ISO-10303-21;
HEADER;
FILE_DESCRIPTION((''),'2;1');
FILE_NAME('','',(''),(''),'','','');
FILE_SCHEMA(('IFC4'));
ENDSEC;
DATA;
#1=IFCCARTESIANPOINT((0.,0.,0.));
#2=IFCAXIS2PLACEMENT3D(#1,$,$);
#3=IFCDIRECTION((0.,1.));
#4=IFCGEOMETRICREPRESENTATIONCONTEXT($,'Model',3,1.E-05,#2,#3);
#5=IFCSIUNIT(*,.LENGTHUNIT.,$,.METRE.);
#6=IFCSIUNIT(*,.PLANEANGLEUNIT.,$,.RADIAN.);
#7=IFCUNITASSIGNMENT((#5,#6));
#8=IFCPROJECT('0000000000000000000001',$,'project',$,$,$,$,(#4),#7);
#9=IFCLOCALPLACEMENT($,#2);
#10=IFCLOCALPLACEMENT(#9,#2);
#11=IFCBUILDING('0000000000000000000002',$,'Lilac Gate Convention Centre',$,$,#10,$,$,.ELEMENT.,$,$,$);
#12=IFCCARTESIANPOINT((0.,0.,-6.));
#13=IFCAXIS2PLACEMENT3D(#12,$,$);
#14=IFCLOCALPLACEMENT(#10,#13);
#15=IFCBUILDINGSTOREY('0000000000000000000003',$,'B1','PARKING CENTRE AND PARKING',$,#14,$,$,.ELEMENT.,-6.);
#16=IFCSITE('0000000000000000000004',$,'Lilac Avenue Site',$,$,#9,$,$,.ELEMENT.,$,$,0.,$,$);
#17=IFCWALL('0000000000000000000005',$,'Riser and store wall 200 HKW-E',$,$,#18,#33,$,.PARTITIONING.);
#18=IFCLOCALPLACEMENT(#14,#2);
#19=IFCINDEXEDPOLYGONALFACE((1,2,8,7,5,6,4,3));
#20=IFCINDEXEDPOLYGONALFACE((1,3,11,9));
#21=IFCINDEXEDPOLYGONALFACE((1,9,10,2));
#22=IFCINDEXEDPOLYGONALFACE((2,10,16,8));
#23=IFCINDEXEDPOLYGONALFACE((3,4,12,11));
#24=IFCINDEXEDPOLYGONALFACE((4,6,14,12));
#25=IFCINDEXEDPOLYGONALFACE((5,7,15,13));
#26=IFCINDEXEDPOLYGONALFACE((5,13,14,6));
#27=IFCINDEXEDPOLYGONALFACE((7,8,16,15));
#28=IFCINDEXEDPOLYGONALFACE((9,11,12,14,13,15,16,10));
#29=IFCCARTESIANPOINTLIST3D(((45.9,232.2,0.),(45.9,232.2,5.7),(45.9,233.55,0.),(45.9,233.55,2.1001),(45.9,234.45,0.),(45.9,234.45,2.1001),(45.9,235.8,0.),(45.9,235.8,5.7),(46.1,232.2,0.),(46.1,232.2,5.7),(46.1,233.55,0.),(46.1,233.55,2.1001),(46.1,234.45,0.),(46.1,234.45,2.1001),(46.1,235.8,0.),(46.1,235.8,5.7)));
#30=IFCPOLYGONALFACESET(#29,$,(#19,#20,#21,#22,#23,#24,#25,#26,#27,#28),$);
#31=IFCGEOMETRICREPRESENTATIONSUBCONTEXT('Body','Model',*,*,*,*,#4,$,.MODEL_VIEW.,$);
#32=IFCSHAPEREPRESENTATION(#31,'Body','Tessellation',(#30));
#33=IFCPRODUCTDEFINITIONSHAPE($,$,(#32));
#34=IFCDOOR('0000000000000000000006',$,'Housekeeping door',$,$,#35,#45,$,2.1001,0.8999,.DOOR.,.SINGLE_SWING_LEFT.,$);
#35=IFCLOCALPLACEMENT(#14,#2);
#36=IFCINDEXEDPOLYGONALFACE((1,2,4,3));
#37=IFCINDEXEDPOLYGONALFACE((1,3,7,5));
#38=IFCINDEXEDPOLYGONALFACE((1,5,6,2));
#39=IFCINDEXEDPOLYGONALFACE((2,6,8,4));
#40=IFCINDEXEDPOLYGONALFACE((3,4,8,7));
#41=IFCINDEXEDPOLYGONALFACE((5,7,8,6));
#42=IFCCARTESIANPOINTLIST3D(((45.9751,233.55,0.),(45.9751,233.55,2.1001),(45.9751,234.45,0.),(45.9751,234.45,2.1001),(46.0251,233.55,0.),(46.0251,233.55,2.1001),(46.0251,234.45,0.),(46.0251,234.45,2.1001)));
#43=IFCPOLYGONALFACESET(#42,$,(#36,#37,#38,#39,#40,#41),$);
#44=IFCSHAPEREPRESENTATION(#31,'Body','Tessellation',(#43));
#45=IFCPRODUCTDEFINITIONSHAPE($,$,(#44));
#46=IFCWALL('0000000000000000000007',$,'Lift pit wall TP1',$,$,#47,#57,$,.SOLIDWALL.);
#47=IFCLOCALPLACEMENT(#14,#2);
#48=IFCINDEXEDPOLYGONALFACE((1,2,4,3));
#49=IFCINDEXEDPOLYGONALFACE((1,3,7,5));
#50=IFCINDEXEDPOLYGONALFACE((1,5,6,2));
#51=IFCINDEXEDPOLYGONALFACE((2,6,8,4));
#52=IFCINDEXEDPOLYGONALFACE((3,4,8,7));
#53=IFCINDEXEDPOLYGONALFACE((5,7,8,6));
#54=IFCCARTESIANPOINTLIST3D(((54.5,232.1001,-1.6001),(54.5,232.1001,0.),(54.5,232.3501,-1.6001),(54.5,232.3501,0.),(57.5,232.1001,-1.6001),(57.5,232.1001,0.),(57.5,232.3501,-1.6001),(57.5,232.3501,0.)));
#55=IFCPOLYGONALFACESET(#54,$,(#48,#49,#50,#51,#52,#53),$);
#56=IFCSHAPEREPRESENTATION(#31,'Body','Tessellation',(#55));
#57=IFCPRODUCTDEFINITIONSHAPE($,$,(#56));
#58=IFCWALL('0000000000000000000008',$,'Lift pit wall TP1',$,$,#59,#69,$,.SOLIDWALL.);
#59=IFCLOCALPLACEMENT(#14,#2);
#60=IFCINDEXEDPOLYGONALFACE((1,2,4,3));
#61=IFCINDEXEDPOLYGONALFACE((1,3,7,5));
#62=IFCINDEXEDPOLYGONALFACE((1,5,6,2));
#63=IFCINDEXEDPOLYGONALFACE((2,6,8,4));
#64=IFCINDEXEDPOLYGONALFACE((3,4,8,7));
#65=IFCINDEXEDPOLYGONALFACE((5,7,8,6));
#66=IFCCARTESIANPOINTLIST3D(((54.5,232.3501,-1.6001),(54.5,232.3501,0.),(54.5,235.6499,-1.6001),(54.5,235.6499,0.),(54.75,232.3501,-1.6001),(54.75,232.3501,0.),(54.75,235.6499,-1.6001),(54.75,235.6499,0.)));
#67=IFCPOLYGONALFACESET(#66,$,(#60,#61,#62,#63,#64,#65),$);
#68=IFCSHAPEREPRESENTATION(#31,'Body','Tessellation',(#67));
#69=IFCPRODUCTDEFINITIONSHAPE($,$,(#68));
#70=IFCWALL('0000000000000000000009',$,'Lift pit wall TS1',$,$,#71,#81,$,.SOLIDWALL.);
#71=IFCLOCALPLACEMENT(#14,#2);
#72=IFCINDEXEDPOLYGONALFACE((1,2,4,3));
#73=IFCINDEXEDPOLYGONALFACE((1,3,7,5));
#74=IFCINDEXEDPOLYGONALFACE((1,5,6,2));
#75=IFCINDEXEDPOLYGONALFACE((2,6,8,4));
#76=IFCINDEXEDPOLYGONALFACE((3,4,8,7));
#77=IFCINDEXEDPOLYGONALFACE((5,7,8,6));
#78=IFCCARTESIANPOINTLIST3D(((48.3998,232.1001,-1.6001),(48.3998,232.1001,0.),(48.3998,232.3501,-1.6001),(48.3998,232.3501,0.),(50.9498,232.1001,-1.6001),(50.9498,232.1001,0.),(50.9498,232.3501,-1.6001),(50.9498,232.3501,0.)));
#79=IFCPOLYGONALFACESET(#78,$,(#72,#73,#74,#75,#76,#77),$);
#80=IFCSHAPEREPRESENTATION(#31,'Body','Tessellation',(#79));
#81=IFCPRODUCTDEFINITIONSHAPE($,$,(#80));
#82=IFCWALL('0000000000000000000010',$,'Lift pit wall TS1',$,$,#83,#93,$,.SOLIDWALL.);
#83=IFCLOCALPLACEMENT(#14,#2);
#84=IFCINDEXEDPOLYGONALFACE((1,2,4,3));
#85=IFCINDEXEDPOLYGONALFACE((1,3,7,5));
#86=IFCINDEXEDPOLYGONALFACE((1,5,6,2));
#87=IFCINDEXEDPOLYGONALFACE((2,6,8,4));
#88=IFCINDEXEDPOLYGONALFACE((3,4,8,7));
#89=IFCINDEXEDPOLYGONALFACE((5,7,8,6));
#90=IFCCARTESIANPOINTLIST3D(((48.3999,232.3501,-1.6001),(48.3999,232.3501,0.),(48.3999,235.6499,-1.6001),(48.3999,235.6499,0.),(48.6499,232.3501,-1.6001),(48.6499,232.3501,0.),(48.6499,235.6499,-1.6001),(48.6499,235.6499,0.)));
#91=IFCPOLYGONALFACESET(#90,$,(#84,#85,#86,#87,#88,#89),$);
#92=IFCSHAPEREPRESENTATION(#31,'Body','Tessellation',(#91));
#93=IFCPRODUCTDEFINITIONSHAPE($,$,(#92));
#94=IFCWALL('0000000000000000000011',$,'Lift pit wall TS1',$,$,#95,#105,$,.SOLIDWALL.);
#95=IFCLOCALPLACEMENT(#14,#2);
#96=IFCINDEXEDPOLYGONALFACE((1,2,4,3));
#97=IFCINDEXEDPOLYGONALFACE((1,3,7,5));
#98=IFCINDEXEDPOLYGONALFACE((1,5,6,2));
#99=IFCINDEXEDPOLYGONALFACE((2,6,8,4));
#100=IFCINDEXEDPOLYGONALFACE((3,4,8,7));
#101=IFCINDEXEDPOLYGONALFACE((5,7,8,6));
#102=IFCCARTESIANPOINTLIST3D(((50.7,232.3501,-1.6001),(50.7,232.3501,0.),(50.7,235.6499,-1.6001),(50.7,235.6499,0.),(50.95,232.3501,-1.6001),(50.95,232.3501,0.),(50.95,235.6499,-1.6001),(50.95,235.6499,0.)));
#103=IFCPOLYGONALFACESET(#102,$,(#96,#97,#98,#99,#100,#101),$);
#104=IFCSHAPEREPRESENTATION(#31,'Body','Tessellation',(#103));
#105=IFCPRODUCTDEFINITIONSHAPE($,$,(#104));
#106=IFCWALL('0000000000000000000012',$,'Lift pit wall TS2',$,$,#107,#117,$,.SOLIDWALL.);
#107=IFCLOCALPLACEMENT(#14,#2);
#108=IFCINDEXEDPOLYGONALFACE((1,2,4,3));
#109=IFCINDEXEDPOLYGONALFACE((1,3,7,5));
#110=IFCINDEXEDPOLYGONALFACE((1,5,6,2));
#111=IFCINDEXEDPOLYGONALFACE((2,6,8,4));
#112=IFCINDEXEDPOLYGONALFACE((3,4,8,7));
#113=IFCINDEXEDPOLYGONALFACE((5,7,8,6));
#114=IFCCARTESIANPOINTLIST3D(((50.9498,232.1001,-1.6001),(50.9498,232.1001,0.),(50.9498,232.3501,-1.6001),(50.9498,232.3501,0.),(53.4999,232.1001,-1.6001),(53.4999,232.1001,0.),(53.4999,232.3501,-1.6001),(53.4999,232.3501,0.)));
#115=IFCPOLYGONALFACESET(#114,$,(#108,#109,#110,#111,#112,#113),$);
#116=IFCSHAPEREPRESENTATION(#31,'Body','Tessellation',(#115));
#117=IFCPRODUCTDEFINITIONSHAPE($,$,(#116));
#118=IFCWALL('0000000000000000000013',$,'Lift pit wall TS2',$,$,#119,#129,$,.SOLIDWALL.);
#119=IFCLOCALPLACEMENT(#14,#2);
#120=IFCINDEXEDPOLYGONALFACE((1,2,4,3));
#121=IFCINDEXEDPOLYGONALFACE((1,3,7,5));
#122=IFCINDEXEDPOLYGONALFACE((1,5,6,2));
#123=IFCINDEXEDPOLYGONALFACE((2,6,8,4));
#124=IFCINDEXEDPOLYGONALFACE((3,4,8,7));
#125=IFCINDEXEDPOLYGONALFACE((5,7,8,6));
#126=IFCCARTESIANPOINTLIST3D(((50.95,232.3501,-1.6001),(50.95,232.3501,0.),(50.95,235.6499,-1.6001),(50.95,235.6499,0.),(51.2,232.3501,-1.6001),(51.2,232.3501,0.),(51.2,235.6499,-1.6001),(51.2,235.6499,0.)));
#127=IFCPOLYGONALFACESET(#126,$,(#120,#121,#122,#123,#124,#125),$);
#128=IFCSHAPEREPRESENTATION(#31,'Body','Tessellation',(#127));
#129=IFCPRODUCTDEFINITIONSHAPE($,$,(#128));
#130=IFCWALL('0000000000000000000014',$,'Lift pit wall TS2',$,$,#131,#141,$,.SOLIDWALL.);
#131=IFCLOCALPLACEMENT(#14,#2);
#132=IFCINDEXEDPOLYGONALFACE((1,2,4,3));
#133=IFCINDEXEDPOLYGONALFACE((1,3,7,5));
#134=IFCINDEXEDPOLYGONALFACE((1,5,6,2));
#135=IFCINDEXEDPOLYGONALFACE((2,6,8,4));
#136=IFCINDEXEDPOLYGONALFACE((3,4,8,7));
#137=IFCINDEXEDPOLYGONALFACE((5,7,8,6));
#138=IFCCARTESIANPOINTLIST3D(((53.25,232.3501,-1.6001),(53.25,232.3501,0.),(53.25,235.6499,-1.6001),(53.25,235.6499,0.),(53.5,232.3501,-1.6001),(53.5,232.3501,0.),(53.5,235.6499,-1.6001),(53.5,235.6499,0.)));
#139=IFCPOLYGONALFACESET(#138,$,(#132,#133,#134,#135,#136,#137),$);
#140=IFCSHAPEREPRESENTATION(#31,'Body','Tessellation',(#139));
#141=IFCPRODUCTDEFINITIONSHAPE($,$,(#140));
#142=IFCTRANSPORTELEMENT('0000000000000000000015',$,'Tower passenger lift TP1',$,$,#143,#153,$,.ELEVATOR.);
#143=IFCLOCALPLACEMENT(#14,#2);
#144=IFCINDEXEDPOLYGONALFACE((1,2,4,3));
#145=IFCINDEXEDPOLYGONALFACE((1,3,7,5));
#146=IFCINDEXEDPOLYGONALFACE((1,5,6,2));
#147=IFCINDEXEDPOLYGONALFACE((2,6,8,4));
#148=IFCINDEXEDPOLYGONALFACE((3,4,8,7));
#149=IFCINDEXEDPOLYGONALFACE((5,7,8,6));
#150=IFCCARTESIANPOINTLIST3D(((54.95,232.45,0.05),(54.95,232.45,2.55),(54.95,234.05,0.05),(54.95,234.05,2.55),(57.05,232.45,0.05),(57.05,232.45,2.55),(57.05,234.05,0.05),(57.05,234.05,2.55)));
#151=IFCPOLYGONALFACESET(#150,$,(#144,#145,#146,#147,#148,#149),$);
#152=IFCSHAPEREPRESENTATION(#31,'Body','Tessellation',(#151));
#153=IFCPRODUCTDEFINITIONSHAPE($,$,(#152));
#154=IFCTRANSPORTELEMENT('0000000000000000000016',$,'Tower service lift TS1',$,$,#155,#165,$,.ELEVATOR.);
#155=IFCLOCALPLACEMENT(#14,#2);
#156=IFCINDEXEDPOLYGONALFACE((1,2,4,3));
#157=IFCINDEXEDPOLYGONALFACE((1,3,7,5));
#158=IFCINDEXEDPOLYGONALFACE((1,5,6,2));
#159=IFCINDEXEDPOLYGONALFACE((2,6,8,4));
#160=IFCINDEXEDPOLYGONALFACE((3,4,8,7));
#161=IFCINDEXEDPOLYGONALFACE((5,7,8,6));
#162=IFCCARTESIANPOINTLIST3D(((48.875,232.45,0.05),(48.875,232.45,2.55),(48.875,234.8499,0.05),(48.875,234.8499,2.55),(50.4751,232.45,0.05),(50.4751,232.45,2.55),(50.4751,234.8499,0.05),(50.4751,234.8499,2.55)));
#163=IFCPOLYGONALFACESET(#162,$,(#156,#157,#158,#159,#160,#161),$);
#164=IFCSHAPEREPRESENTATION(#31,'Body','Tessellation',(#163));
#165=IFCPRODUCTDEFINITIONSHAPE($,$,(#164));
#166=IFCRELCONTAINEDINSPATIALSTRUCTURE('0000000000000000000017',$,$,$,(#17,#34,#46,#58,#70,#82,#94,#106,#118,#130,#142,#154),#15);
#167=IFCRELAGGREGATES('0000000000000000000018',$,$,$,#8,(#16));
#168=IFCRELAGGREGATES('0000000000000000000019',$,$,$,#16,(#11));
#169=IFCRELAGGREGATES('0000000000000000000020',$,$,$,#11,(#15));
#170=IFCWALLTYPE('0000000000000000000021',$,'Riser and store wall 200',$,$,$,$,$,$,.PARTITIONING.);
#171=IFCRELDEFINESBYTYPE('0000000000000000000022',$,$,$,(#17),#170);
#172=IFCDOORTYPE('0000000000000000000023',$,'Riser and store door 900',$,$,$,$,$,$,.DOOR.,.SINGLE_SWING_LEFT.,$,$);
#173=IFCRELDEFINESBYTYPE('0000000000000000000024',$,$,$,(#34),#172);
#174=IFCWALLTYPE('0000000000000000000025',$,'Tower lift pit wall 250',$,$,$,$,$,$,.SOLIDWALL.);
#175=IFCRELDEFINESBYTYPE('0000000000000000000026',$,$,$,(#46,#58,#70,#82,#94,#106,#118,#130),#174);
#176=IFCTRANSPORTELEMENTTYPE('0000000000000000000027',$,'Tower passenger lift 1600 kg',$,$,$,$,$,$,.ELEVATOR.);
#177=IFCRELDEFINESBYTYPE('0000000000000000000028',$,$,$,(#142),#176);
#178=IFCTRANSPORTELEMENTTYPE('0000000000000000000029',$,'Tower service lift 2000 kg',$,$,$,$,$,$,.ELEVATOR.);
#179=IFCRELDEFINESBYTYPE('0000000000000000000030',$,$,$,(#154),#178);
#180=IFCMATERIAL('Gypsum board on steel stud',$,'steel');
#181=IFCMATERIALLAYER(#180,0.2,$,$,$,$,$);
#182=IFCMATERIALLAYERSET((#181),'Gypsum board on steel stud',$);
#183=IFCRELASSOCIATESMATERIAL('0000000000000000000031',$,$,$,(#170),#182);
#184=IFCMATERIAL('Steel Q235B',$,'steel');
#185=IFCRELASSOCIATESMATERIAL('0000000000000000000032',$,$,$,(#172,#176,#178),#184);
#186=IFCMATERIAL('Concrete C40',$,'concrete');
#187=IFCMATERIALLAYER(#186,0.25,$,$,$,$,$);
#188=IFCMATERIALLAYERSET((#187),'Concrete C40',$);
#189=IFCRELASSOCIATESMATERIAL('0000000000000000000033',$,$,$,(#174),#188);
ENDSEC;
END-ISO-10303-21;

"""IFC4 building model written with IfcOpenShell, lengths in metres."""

from ifc_helpers import new_model, si_unit, direction, frame, frame_2d, origin, origin_2d, place, context, subcontext, project, spatial, rectangle, extrude, material, layer, layer_set, type_object, element, fill, save


model = new_model("IFC4")

# Units and contexts
model_context = context("Model", 3, precision=1e-05, world=origin(), true_north=direction((0.0, 1.0)))
body_context = subcontext(model_context, "Body", "Model", "MODEL_VIEW")
ifc_project = project(units=[si_unit("LENGTHUNIT", "METRE"), si_unit("PLANEANGLEUNIT", "RADIAN")], contexts=[model_context])

# Site, building, storey
site_placement = place(None, origin())
site = spatial("IfcSite", under=ifc_project, at=site_placement, Name="Lilac Avenue Site", CompositionType="ELEMENT", RefElevation=0.0)
building_placement = place(site_placement, origin())
building = spatial("IfcBuilding", under=site, at=building_placement, Name="Lilac Gate Convention Centre", CompositionType="ELEMENT")
storey_placement = place(building_placement, frame((0.0, 0.0, -6.0)))
storey = spatial("IfcBuildingStorey", under=building, at=storey_placement, Name="B1", Description="PARKING CENTRE AND PARKING", CompositionType="ELEMENT", Elevation=-6.0)

# Shared definitions
ifc_material_1 = material(Name="Gypsum board on steel stud", Category="steel")
ifc_layer_1 = layer(ifc_material_1, 0.2)
ifc_layer_set_1 = layer_set([ifc_layer_1], Name="Gypsum board on steel stud")
wall_type_1 = type_object("IfcWallType", Name="Riser and store wall 200", PredefinedType="PARTITIONING", material=ifc_layer_set_1)

# Wall, opening, door
wall_1_placement = place(storey_placement, frame((46.0, 232.2, 0.0), z_axis=(0.0, 0.0, 1.0), x_axis=(0.0, 1.0, 0.0)))
wall_1 = element("IfcWall", 1, at=wall_1_placement, inside=storey, type_object=wall_type_1, Name="Riser and store wall 200 HKW-E", PredefinedType="PARTITIONING", context=body_context, shape_type="SweptSolid", body=[
    extrude(rectangle(XDim=3.6001, YDim=0.2, at=frame_2d((1.8, 0.0))), origin(), (0.0, 0.0, 1.0), 5.7),
])
opening_1_placement = place(wall_1_placement, frame((1.3501, 0.0, 0.0)))
opening_1 = element("IfcOpeningElement", 2, at=opening_1_placement, cuts=wall_1, PredefinedType="OPENING", context=body_context, shape_type="SweptSolid", body=[
    extrude(rectangle(XDim=0.8999, YDim=2.1001, at=frame_2d((0.45, 1.05))), frame((0.0, 0.1099, 0.0), z_axis=(0.0, -1.0, 0.0), x_axis=(1.0, 0.0, 0.0)), (0.0, 0.0, 1.0), 0.22),
])
ifc_material_2 = material(Name="Steel Q235B", Category="steel")
door_type_1 = type_object("IfcDoorType", Name="Riser and store door 900", OperationType="SINGLE_SWING_LEFT", PredefinedType="DOOR", material=ifc_material_2)
door_1_placement = place(opening_1_placement, origin())
door_1 = element("IfcDoor", 3, at=door_1_placement, inside=storey, type_object=door_type_1, Name="Housekeeping door", OperationType="SINGLE_SWING_LEFT", OverallHeight=2.1001, OverallWidth=0.8999, PredefinedType="DOOR", context=body_context, shape_type="SweptSolid", body=[
    extrude(rectangle(XDim=0.8999, YDim=2.1001, at=frame_2d((0.45, 1.05))), frame((0.0, 0.0249, 0.0), z_axis=(0.0, -1.0, 0.0), x_axis=(1.0, 0.0, 0.0)), (0.0, 0.0, 1.0), 0.05),
])
fill(opening_1, door_1)

# Walls
ifc_material_3 = material(Name="Concrete C40", Category="concrete")
ifc_layer_2 = layer(ifc_material_3, 0.25)
ifc_layer_set_2 = layer_set([ifc_layer_2], Name="Concrete C40")
wall_type_2 = type_object("IfcWallType", Name="Tower lift pit wall 250", PredefinedType="SOLIDWALL", material=ifc_layer_set_2)
wall_2_placement = place(storey_placement, frame((54.5, 232.2251, -1.6001), z_axis=(0.0, 0.0, 1.0), x_axis=(1.0, 0.0, 0.0)))
element("IfcWall", 4, at=wall_2_placement, inside=storey, type_object=wall_type_2, Name="Lift pit wall TP1", PredefinedType="SOLIDWALL", context=body_context, shape_type="SweptSolid", body=[
    extrude(rectangle(XDim=3.0, YDim=0.25, at=frame_2d((1.5, 0.0))), origin(), (0.0, 0.0, 1.0), 1.6001),
])
wall_3_placement = place(storey_placement, frame((54.625, 232.3501, -1.6001), z_axis=(0.0, 0.0, 1.0), x_axis=(0.0, 1.0, 0.0)))
element("IfcWall", 5, at=wall_3_placement, inside=storey, type_object=wall_type_2, Name="Lift pit wall TP1", PredefinedType="SOLIDWALL", context=body_context, shape_type="SweptSolid", body=[
    extrude(rectangle(XDim=3.2998, YDim=0.25, at=frame_2d((1.6499, 0.0))), origin(), (0.0, 0.0, 1.0), 1.6001),
])
wall_4_placement = place(storey_placement, frame((48.3999, 232.2251, -1.6001), z_axis=(0.0, 0.0, 1.0), x_axis=(1.0, 0.0, 0.0)))
element("IfcWall", 6, at=wall_4_placement, inside=storey, type_object=wall_type_2, Name="Lift pit wall TS1", PredefinedType="SOLIDWALL", context=body_context, shape_type="SweptSolid", body=[
    extrude(rectangle(XDim=2.55, YDim=0.25, at=frame_2d((1.2749, 0.0))), origin(), (0.0, 0.0, 1.0), 1.6001),
])
for number, where, z_axis, x_axis, name in (
    (7, (48.5249, 232.3501, -1.6001), (0.0, 0.0, 1.0), (0.0, 1.0, 0.0), "Lift pit wall TS1"),
    (8, (50.825, 232.3501, -1.6001), (0.0, 0.0, 1.0), (0.0, 1.0, 0.0), "Lift pit wall TS1"),
):
    element("IfcWall", number, at=place(storey_placement, frame(where, z_axis=z_axis, x_axis=x_axis)), inside=storey, type_object=wall_type_2, Name=name, PredefinedType="SOLIDWALL", context=body_context, shape_type="SweptSolid", body=[
        extrude(rectangle(XDim=3.2998, YDim=0.25, at=frame_2d((1.6499, 0.0))), origin(), (0.0, 0.0, 1.0), 1.6001),
    ])
wall_5_placement = place(storey_placement, frame((50.95, 232.2251, -1.6001), z_axis=(0.0, 0.0, 1.0), x_axis=(1.0, 0.0, 0.0)))
element("IfcWall", 9, at=wall_5_placement, inside=storey, type_object=wall_type_2, Name="Lift pit wall TS2", PredefinedType="SOLIDWALL", context=body_context, shape_type="SweptSolid", body=[
    extrude(rectangle(XDim=2.55, YDim=0.25, at=frame_2d((1.2749, 0.0))), origin(), (0.0, 0.0, 1.0), 1.6001),
])
for number, where, z_axis, x_axis, name in (
    (10, (51.075, 232.3501, -1.6001), (0.0, 0.0, 1.0), (0.0, 1.0, 0.0), "Lift pit wall TS2"),
    (11, (53.375, 232.3501, -1.6001), (0.0, 0.0, 1.0), (0.0, 1.0, 0.0), "Lift pit wall TS2"),
):
    element("IfcWall", number, at=place(storey_placement, frame(where, z_axis=z_axis, x_axis=x_axis)), inside=storey, type_object=wall_type_2, Name=name, PredefinedType="SOLIDWALL", context=body_context, shape_type="SweptSolid", body=[
        extrude(rectangle(XDim=3.2998, YDim=0.25, at=frame_2d((1.6499, 0.0))), origin(), (0.0, 0.0, 1.0), 1.6001),
    ])

# Transport elements
transport_element_type_1 = type_object("IfcTransportElementType", Name="Tower passenger lift 1600 kg", PredefinedType="ELEVATOR", material=ifc_material_2)
transport_element_1_placement = place(storey_placement, frame((56.0, 233.25, 0.05), z_axis=(0.0, 0.0, 1.0), x_axis=(1.0, 0.0, 0.0)))
element("IfcTransportElement", 12, at=transport_element_1_placement, inside=storey, type_object=transport_element_type_1, Name="Tower passenger lift TP1", PredefinedType="ELEVATOR", context=body_context, shape_type="SweptSolid", body=[
    extrude(rectangle(XDim=2.1001, YDim=1.6001, at=origin_2d()), origin(), (0.0, 0.0, 1.0), 2.5),
])
transport_element_type_2 = type_object("IfcTransportElementType", Name="Tower service lift 2000 kg", PredefinedType="ELEVATOR", material=ifc_material_2)
transport_element_2_placement = place(storey_placement, frame((49.675, 233.6499, 0.05), z_axis=(0.0, 0.0, 1.0), x_axis=(1.0, 0.0, 0.0)))
element("IfcTransportElement", 13, at=transport_element_2_placement, inside=storey, type_object=transport_element_type_2, Name="Tower service lift TS1", PredefinedType="ELEVATOR", context=body_context, shape_type="SweptSolid", body=[
    extrude(rectangle(XDim=1.6001, YDim=2.3999, at=origin_2d()), origin(), (0.0, 0.0, 1.0), 2.5),
])

save(model, "model.ifc")
